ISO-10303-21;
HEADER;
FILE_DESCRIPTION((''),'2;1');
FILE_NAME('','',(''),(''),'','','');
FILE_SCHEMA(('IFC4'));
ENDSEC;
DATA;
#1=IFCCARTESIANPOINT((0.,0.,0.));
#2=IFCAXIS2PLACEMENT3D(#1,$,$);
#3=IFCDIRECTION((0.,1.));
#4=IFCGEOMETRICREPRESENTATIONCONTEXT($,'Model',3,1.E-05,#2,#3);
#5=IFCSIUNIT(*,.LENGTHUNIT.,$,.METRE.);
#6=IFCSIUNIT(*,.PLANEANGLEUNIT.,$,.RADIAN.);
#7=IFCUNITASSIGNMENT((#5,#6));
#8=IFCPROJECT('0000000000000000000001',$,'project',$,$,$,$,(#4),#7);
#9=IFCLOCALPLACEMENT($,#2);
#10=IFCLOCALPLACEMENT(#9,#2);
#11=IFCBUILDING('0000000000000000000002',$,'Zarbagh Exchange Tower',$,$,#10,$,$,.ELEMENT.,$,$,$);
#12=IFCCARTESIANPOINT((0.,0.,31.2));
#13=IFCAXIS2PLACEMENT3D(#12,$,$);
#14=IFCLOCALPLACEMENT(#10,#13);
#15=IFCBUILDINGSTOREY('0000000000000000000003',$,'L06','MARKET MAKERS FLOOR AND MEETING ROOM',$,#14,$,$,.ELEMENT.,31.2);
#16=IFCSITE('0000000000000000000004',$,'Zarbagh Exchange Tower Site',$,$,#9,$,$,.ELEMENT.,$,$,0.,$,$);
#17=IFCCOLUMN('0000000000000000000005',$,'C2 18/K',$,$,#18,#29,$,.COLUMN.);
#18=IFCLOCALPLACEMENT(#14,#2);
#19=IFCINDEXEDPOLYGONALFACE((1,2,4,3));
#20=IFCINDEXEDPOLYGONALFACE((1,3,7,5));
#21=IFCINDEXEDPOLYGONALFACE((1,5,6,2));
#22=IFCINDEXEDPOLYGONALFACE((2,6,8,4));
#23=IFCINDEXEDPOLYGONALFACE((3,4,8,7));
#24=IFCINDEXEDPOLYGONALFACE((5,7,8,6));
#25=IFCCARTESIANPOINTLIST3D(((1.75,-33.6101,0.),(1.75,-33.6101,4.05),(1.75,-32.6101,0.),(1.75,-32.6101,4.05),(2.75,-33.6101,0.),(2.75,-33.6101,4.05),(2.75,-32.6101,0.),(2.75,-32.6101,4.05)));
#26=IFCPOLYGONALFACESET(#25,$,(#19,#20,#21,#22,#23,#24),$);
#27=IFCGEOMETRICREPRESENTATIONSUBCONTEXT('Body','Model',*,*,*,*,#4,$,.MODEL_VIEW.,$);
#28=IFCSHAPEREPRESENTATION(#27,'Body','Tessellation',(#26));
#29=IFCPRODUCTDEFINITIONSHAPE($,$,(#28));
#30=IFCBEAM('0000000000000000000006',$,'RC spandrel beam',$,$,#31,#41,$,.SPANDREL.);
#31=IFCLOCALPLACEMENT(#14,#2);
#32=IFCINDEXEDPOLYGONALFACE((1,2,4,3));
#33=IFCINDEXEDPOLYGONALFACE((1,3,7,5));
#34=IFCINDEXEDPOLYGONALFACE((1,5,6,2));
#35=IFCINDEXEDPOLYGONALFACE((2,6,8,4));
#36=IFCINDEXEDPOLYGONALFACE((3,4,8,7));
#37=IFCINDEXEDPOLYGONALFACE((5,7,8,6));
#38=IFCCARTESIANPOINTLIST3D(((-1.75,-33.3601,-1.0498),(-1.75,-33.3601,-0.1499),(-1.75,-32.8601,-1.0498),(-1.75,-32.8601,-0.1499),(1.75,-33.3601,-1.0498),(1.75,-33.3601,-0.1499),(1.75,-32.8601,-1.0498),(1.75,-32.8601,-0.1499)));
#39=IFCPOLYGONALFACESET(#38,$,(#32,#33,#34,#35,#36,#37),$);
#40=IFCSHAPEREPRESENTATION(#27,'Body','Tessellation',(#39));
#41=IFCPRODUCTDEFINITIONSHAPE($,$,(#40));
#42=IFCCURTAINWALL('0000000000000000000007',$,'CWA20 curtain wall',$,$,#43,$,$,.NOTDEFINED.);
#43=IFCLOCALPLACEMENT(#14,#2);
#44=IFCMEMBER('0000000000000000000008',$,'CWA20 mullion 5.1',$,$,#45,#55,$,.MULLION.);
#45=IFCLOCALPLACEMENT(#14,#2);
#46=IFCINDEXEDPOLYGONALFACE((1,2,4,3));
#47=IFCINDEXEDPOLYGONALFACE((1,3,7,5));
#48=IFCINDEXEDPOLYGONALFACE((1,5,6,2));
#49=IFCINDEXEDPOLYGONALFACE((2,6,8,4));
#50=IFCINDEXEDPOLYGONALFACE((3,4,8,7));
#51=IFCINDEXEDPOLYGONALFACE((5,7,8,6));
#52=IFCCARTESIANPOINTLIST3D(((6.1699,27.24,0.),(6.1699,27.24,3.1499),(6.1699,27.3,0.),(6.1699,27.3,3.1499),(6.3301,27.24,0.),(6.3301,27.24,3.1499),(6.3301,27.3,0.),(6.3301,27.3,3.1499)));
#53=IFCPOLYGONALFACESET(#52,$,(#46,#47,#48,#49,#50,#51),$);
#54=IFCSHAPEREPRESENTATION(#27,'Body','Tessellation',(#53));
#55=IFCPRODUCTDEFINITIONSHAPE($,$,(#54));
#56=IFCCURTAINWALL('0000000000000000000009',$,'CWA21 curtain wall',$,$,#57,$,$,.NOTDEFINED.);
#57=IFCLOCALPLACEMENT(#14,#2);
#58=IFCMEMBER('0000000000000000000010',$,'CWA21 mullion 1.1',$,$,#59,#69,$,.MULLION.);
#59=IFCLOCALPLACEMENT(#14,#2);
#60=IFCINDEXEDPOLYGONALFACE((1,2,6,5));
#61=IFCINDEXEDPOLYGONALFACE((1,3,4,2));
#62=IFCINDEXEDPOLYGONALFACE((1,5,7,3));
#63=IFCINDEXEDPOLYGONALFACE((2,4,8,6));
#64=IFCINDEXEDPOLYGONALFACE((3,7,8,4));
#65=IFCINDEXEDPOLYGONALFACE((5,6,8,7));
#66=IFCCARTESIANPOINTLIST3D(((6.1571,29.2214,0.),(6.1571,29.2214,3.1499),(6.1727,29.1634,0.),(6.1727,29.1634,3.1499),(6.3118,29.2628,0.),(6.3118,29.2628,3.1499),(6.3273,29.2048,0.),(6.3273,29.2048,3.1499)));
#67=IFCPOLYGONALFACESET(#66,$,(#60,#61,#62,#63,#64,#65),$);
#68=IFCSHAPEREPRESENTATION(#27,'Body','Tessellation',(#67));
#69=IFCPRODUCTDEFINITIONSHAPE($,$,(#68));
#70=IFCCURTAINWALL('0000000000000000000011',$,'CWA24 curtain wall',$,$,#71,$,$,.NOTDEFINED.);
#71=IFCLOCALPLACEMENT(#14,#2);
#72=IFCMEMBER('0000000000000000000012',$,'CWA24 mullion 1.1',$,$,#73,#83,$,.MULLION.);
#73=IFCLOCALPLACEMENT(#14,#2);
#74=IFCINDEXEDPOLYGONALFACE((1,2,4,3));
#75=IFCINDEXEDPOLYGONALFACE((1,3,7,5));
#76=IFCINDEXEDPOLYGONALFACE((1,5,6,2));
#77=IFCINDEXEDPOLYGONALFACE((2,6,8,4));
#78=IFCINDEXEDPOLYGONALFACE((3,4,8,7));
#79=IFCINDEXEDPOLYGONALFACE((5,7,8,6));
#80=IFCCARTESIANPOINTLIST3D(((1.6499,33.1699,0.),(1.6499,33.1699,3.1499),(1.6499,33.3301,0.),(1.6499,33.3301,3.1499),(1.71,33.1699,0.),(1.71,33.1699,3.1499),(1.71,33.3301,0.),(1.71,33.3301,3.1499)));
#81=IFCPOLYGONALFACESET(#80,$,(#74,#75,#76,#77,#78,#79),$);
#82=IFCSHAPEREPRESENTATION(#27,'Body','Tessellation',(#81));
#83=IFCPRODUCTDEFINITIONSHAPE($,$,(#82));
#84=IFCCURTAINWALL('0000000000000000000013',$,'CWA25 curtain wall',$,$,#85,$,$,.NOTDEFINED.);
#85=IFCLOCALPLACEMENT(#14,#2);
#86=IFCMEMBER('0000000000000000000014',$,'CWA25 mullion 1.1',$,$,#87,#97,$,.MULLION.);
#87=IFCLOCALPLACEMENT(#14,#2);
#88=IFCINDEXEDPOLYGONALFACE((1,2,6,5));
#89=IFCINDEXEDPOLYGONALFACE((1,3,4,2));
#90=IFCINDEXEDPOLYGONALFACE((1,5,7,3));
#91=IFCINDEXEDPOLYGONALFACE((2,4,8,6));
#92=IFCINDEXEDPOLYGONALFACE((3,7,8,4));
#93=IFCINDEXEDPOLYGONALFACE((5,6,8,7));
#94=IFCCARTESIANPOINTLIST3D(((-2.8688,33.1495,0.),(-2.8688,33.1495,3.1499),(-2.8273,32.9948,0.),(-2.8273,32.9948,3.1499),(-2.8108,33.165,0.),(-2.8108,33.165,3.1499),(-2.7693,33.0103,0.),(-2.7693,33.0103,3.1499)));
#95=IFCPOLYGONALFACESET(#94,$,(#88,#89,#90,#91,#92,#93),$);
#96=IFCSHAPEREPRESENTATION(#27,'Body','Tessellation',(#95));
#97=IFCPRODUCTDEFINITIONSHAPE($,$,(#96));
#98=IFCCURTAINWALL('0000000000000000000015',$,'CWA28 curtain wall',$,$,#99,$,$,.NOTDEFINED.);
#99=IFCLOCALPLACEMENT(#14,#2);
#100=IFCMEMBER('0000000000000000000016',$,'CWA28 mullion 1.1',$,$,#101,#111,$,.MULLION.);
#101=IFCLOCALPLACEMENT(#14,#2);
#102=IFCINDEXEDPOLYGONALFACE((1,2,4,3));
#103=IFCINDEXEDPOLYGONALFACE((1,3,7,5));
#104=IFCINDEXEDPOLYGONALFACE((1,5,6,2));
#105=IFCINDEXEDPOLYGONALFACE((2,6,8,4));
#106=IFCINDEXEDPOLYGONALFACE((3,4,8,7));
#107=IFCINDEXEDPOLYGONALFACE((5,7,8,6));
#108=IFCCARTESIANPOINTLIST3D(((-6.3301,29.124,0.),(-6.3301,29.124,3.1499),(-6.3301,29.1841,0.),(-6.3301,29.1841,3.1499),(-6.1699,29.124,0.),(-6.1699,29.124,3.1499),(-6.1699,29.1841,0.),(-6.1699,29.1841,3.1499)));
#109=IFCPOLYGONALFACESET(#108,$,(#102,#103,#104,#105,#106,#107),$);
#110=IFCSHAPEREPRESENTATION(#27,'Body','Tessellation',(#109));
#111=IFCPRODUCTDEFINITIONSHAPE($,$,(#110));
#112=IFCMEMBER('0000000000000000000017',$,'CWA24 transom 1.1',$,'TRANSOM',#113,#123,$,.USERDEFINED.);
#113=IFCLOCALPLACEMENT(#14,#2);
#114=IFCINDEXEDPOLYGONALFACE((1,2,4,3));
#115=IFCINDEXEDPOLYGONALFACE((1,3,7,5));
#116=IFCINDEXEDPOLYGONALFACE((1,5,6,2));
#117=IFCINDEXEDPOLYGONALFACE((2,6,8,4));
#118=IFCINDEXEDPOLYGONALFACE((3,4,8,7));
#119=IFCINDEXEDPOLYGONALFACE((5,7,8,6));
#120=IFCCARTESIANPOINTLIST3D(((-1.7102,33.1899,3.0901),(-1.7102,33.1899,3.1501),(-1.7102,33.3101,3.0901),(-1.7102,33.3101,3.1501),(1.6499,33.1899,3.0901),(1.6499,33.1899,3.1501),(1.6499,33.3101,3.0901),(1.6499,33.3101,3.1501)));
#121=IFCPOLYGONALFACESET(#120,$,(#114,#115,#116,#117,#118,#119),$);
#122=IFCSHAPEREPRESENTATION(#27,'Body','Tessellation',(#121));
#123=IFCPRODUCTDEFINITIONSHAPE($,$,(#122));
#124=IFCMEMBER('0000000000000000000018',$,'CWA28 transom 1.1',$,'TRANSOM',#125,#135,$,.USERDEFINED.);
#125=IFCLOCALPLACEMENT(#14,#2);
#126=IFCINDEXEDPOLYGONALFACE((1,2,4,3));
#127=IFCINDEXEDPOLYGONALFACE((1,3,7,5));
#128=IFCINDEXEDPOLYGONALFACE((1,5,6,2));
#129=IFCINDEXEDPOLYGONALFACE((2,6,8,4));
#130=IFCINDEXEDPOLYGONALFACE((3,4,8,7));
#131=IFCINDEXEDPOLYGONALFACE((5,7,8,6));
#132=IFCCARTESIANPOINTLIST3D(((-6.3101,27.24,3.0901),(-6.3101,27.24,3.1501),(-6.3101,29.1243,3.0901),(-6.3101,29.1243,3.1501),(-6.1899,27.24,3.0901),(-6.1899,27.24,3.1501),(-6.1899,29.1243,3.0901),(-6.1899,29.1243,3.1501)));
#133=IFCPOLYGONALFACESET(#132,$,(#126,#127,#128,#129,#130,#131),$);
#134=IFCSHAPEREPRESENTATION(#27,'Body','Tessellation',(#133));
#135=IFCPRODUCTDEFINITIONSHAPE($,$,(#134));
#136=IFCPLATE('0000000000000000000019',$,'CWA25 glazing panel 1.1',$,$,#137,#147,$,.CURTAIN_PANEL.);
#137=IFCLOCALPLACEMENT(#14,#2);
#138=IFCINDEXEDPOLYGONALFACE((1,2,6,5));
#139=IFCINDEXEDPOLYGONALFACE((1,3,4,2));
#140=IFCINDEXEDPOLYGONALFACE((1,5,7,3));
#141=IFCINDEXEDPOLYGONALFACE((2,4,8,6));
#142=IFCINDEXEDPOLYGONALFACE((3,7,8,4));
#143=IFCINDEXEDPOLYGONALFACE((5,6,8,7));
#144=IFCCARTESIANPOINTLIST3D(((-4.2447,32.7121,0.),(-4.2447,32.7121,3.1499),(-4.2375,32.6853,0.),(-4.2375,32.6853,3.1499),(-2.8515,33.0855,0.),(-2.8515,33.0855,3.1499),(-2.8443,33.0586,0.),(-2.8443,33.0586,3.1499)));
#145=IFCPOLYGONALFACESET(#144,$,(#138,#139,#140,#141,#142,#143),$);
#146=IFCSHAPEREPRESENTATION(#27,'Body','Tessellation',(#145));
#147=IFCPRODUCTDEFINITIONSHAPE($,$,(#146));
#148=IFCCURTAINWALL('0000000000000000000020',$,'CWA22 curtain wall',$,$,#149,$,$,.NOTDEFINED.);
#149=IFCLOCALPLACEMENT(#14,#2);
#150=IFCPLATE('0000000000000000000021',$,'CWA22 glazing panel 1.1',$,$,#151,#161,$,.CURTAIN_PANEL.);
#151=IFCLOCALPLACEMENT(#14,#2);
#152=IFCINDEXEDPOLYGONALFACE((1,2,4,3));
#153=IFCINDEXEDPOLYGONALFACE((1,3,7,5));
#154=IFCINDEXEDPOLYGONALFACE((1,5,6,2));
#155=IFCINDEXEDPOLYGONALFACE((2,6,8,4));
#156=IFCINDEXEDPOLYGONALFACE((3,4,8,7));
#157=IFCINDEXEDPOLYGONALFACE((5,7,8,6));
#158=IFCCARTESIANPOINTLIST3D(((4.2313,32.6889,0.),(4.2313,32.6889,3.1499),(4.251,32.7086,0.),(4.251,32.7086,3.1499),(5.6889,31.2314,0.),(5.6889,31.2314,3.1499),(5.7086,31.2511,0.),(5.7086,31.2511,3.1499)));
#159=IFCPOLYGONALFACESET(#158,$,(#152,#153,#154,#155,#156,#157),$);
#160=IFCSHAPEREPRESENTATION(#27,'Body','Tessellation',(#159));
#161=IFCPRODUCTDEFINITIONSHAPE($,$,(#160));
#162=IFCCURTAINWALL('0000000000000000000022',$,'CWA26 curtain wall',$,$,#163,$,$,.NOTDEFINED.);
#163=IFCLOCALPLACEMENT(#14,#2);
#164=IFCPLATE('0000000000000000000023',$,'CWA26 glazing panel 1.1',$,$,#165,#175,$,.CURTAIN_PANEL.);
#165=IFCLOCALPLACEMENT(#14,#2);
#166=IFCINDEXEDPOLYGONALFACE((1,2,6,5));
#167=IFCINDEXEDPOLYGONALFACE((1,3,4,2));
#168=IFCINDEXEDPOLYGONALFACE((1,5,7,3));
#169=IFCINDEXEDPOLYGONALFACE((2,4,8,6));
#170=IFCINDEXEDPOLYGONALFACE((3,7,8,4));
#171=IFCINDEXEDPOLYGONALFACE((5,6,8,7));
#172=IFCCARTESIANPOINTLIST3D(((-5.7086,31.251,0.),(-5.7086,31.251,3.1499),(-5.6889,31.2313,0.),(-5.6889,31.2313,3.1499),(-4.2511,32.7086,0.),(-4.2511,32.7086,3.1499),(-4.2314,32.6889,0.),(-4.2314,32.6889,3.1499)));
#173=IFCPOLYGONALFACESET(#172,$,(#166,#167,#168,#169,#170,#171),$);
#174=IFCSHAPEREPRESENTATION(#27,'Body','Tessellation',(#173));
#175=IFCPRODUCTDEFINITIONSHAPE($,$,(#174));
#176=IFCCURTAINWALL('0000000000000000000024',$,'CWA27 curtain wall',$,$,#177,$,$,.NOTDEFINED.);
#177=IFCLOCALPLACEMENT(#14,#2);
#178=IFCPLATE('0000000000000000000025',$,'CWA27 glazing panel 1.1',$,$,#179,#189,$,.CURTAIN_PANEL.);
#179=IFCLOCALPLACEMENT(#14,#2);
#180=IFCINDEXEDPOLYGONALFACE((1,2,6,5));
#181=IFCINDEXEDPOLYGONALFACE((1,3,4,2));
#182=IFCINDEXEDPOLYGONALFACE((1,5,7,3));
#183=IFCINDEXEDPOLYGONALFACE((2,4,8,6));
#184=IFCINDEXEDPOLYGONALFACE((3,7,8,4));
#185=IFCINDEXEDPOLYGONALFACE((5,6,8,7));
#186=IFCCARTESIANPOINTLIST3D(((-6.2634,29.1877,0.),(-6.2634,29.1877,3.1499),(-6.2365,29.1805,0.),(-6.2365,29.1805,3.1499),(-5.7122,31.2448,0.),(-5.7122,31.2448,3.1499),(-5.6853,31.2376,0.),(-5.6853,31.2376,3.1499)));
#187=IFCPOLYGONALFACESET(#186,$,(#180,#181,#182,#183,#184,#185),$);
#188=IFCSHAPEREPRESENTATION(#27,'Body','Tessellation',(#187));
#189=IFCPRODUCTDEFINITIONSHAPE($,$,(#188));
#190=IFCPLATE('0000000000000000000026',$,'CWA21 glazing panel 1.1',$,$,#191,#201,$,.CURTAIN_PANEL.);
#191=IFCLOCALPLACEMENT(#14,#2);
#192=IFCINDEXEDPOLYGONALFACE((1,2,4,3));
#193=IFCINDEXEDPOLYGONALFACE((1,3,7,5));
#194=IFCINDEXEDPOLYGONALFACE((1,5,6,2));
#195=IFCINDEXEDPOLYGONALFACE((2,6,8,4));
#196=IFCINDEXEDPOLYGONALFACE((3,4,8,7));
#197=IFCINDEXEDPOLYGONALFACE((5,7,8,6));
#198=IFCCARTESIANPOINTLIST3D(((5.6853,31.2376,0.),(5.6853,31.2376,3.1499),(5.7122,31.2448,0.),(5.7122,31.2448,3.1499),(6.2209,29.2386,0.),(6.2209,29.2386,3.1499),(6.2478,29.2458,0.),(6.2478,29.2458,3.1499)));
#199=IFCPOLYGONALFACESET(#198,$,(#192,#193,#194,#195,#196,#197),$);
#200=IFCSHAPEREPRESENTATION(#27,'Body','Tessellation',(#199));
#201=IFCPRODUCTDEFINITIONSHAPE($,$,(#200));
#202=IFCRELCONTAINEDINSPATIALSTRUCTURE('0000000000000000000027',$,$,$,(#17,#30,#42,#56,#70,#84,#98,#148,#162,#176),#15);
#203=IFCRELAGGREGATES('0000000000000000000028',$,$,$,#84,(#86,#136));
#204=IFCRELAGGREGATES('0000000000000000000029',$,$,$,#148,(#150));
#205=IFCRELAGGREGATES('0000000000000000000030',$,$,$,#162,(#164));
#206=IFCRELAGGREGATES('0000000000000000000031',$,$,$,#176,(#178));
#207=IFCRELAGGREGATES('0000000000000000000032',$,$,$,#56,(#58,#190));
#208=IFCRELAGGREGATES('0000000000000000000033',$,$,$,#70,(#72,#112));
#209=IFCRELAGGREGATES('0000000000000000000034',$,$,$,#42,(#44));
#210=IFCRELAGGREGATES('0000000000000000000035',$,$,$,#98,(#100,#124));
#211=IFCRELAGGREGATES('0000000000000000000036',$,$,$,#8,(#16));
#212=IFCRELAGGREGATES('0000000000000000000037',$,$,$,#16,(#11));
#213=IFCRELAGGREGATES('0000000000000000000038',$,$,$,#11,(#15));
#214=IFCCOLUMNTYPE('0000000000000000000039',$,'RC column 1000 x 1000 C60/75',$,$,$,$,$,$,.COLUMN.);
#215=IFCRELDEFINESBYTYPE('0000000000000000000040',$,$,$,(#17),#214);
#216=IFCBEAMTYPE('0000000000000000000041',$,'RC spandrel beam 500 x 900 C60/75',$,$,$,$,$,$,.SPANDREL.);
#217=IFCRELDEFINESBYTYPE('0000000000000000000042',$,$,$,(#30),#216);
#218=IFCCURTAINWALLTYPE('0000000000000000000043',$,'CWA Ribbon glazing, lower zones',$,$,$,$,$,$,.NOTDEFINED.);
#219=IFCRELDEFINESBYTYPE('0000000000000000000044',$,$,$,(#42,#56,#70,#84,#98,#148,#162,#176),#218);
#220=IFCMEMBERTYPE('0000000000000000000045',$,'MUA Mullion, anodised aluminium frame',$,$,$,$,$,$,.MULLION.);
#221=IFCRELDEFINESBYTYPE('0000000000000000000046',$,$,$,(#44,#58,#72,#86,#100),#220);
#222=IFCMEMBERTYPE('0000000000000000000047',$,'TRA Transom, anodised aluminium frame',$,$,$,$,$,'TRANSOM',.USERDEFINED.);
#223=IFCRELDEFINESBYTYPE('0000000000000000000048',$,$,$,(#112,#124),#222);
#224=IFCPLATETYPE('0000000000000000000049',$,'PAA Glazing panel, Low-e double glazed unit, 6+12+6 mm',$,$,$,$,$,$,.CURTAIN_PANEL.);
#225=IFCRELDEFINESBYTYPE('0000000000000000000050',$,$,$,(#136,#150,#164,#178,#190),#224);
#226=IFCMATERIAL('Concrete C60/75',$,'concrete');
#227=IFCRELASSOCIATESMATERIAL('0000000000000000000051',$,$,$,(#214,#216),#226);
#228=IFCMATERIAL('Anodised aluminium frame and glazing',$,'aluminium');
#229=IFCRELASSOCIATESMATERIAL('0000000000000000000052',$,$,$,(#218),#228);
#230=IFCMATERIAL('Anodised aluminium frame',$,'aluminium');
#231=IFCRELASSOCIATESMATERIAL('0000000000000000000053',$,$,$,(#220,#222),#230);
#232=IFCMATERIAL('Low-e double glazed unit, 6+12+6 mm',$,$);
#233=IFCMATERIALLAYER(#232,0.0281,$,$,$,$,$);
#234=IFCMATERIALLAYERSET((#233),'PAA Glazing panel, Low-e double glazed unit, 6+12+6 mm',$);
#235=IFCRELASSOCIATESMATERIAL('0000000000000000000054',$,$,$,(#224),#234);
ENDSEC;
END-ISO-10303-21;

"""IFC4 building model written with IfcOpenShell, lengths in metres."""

from ifc_helpers import new_model, si_unit, direction, frame, origin, origin_2d, place, context, subcontext, project, spatial, polyline, rectangle, outline, extrude, source, transform, mapped, material, layer, layer_set, material_profile, profile_set, type_object, element, aggregate, save


model = new_model("IFC4")

# Units and contexts
model_context = context("Model", 3, precision=1e-05, world=origin(), true_north=direction((0.0, 1.0)))
body_context = subcontext(model_context, "Body", "Model", "MODEL_VIEW")
ifc_project = project(units=[si_unit("LENGTHUNIT", "METRE"), si_unit("PLANEANGLEUNIT", "RADIAN")], contexts=[model_context])

# Site, building, storey
site_placement = place(None, origin())
site = spatial("IfcSite", under=ifc_project, at=site_placement, Name="Zarbagh Exchange Tower Site", CompositionType="ELEMENT", RefElevation=0.0)
building_placement = place(site_placement, origin())
building = spatial("IfcBuilding", under=site, at=building_placement, Name="Zarbagh Exchange Tower", CompositionType="ELEMENT")
storey_placement = place(building_placement, frame((0.0, 0.0, 31.2)))
storey = spatial("IfcBuildingStorey", under=building, at=storey_placement, Name="L06", Description="MARKET MAKERS FLOOR AND MEETING ROOM", CompositionType="ELEMENT", Elevation=31.2)

# Column
ifc_material_1 = material(Name="Concrete C60/75", Category="concrete")
ifc_material_profile_1 = material_profile(ifc_material_1, rectangle(XDim=1.0, YDim=1.0, at=origin_2d()), Name="RC column 1000 x 1000 C60/75")
ifc_profile_set_1 = profile_set([ifc_material_profile_1], Name="Concrete C60/75")
column_type = type_object("IfcColumnType", Name="RC column 1000 x 1000 C60/75", PredefinedType="COLUMN", material=ifc_profile_set_1)
column_placement = place(storey_placement, frame((2.25, -33.1101, 0.0), z_axis=(0.0, 0.0, 1.0), x_axis=(1.0, 0.0, 0.0)))
element("IfcColumn", 1, at=column_placement, inside=storey, type_object=column_type, Name="C2 18/K", PredefinedType="COLUMN", context=body_context, shape_type="SweptSolid", body=[
    extrude(rectangle(XDim=1.0, YDim=1.0, at=origin_2d()), origin(), (0.0, 0.0, 1.0), 4.05),
])

# Beam
ifc_material_profile_2 = material_profile(ifc_material_1, rectangle(XDim=0.5, YDim=0.8999, at=origin_2d()), Name="RC spandrel beam 500 x 900 C60/75")
ifc_profile_set_2 = profile_set([ifc_material_profile_2], Name="Concrete C60/75")
beam_type = type_object("IfcBeamType", Name="RC spandrel beam 500 x 900 C60/75", PredefinedType="SPANDREL", material=ifc_profile_set_2)
beam_placement = place(storey_placement, frame((1.75, -33.1101, -0.5999), z_axis=(-1.0, 0.0, 0.0), x_axis=(0.0, -1.0, 0.0)))
element("IfcBeam", 2, at=beam_placement, inside=storey, type_object=beam_type, Name="RC spandrel beam", PredefinedType="SPANDREL", context=body_context, shape_type="SweptSolid", body=[
    extrude(rectangle(XDim=0.5, YDim=0.8999, at=origin_2d()), origin(), (0.0, 0.0, 1.0), 3.5),
])

# Curtain walls, members
ifc_material_2 = material(Name="Anodised aluminium frame and glazing", Category="aluminium")
curtain_wall_type = type_object("IfcCurtainWallType", Name="CWA Ribbon glazing, lower zones", PredefinedType="NOTDEFINED", material=ifc_material_2)
curtain_wall_1_placement = place(storey_placement, origin())
curtain_wall_1 = element("IfcCurtainWall", 3, at=curtain_wall_1_placement, inside=storey, type_object=curtain_wall_type, Name="CWA20 curtain wall", PredefinedType="NOTDEFINED")
ifc_material_3 = material(Name="Anodised aluminium frame", Category="aluminium")
member_type_1 = type_object("IfcMemberType", Name="MUA Mullion, anodised aluminium frame", PredefinedType="MULLION", material=ifc_material_3)
shared_shape_1 = source(origin(), body_context, "Body", "SweptSolid", [
    extrude(outline(polyline([(0.0, -0.0801), (0.0601, -0.0801), (0.0601, 0.0801), (0.0, 0.0801), (0.0, -0.0801)])), origin(), (0.0, 0.0, 1.0), 3.1499),
])
placement = place(storey_placement, origin())
member_1 = element("IfcMember", 4, at=placement, type_object=member_type_1, Name="CWA20 mullion 5.1", PredefinedType="MULLION", context=body_context, shape_type="MappedRepresentation", body=[
    mapped(shared_shape_1, transform((6.25, 27.24, 0.0), x_axis=(0.0, 1.0, 0.0), y_axis=(-1.0, 0.0, 0.0), z_axis=(0.0, 0.0, 1.0))),
])
curtain_wall_2_placement = place(storey_placement, origin())
curtain_wall_2 = element("IfcCurtainWall", 5, at=curtain_wall_2_placement, inside=storey, type_object=curtain_wall_type, Name="CWA21 curtain wall", PredefinedType="NOTDEFINED")
member_2 = element("IfcMember", 6, at=placement, type_object=member_type_1, Name="CWA21 mullion 1.1", PredefinedType="MULLION", context=body_context, shape_type="MappedRepresentation", body=[
    mapped(shared_shape_1, transform((6.25, 29.1841, 0.0), x_axis=(-0.258825, 0.965924, 0.0), y_axis=(-0.965924, -0.258825, 0.0), z_axis=(0.0, 0.0, 1.0))),
])
curtain_wall_3_placement = place(storey_placement, origin())
curtain_wall_3 = element("IfcCurtainWall", 7, at=curtain_wall_3_placement, inside=storey, type_object=curtain_wall_type, Name="CWA24 curtain wall", PredefinedType="NOTDEFINED")
member_3 = element("IfcMember", 8, at=placement, type_object=member_type_1, Name="CWA24 mullion 1.1", PredefinedType="MULLION", context=body_context, shape_type="MappedRepresentation", body=[
    mapped(shared_shape_1, transform((1.71, 33.25, 0.0), x_axis=(-1.0, 0.0, 0.0), y_axis=(0.0, -1.0, 0.0), z_axis=(0.0, 0.0, 1.0))),
])
curtain_wall_4_placement = place(storey_placement, origin())
curtain_wall_4 = element("IfcCurtainWall", 9, at=curtain_wall_4_placement, inside=storey, type_object=curtain_wall_type, Name="CWA25 curtain wall", PredefinedType="NOTDEFINED")
member_4 = element("IfcMember", 10, at=placement, type_object=member_type_1, Name="CWA25 mullion 1.1", PredefinedType="MULLION", context=body_context, shape_type="MappedRepresentation", body=[
    mapped(shared_shape_1, transform((-2.79, 33.0876, 0.0), x_axis=(-0.965924, -0.258825, 0.0), y_axis=(0.258825, -0.965924, 0.0), z_axis=(0.0, 0.0, 1.0))),
])
curtain_wall_5_placement = place(storey_placement, origin())
curtain_wall_5 = element("IfcCurtainWall", 11, at=curtain_wall_5_placement, inside=storey, type_object=curtain_wall_type, Name="CWA28 curtain wall", PredefinedType="NOTDEFINED")
member_5 = element("IfcMember", 12, at=placement, type_object=member_type_1, Name="CWA28 mullion 1.1", PredefinedType="MULLION", context=body_context, shape_type="MappedRepresentation", body=[
    mapped(shared_shape_1, transform((-6.25, 29.1841, 0.0), x_axis=(0.0, -1.0, 0.0), y_axis=(1.0, 0.0, 0.0), z_axis=(0.0, 0.0, 1.0))),
])

# Members
member_type_2 = type_object("IfcMemberType", Name="TRA Transom, anodised aluminium frame", ElementType="TRANSOM", PredefinedType="USERDEFINED", material=ifc_material_3)
shared_shape_2 = source(origin(), body_context, "Body", "SweptSolid", [
    extrude(outline(polyline([(-0.0601, -0.0601), (0.0, -0.0601), (0.0, 0.0601), (-0.0601, 0.0601), (-0.0601, -0.0601)])), origin(), (0.0, 0.0, 1.0), 3.3601),
])
member_6 = element("IfcMember", 13, at=placement, type_object=member_type_2, Name="CWA24 transom 1.1", ObjectType="TRANSOM", PredefinedType="USERDEFINED", context=body_context, shape_type="MappedRepresentation", body=[
    mapped(shared_shape_2, transform((1.6499, 33.25, 3.1501), x_axis=(0.0, 0.0, 1.0), y_axis=(0.0, 1.0, 0.0), z_axis=(-1.0, 0.0, 0.0))),
])
shared_shape_3 = source(origin(), body_context, "Body", "SweptSolid", [
    extrude(outline(polyline([(-0.0601, -0.0601), (0.0, -0.0601), (0.0, 0.0601), (-0.0601, 0.0601), (-0.0601, -0.0601)])), origin(), (0.0, 0.0, 1.0), 1.8843),
])
member_7 = element("IfcMember", 14, at=placement, type_object=member_type_2, Name="CWA28 transom 1.1", ObjectType="TRANSOM", PredefinedType="USERDEFINED", context=body_context, shape_type="MappedRepresentation", body=[
    mapped(shared_shape_3, transform((-6.25, 29.1243, 3.1501), x_axis=(0.0, 0.0, 1.0), y_axis=(-1.0, 0.0, 0.0), z_axis=(0.0, -1.0, 0.0))),
])

# Plate
ifc_material_4 = material(Name="Low-e double glazed unit, 6+12+6 mm")
ifc_layer_1 = layer(ifc_material_4, 0.0281)
ifc_layer_set_1 = layer_set([ifc_layer_1], Name="PAA Glazing panel, Low-e double glazed unit, 6+12+6 mm")
plate_type = type_object("IfcPlateType", Name="PAA Glazing panel, Low-e double glazed unit, 6+12+6 mm", PredefinedType="CURTAIN_PANEL", material=ifc_layer_set_1)
shared_shape_4 = source(origin(), body_context, "Body", "SweptSolid", [
    extrude(outline(polyline([(0.0, -0.0139), (1.4424, -0.0139), (1.4424, 0.0139), (0.0, 0.0139), (0.0, -0.0139)])), origin(), (0.0, 0.0, 1.0), 3.1499),
])
plate_1 = element("IfcPlate", 15, at=placement, type_object=plate_type, Name="CWA25 glazing panel 1.1", PredefinedType="CURTAIN_PANEL", context=body_context, shape_type="MappedRepresentation", body=[
    mapped(shared_shape_4, transform((-2.8479, 33.072, 0.0), x_axis=(-0.965924, -0.258825, 0.0), y_axis=(0.258825, -0.965924, 0.0), z_axis=(0.0, 0.0, 1.0))),
])
aggregate(curtain_wall_4, [member_4, plate_1])

# Curtain walls, plates
curtain_wall_6_placement = place(storey_placement, origin())
curtain_wall_6 = element("IfcCurtainWall", 16, at=curtain_wall_6_placement, inside=storey, type_object=curtain_wall_type, Name="CWA22 curtain wall", PredefinedType="NOTDEFINED")
shared_shape_5 = source(origin(), body_context, "Body", "SweptSolid", [
    extrude(outline(polyline([(0.0, -0.0139), (2.0613, -0.0139), (2.0613, 0.0139), (0.0, 0.0139), (0.0, -0.0139)])), origin(), (0.0, 0.0, 1.0), 3.1499),
])
plate_2 = element("IfcPlate", 17, at=placement, type_object=plate_type, Name="CWA22 glazing panel 1.1", PredefinedType="CURTAIN_PANEL", context=body_context, shape_type="MappedRepresentation", body=[
    mapped(shared_shape_5, transform((5.6987, 31.2412, 0.0), x_axis=(-0.707107, 0.707107, 0.0), y_axis=(-0.707107, -0.707107, 0.0), z_axis=(0.0, 0.0, 1.0))),
])
aggregate(curtain_wall_6, [plate_2])
curtain_wall_7_placement = place(storey_placement, origin())
curtain_wall_7 = element("IfcCurtainWall", 18, at=curtain_wall_7_placement, inside=storey, type_object=curtain_wall_type, Name="CWA26 curtain wall", PredefinedType="NOTDEFINED")
plate_3 = element("IfcPlate", 19, at=placement, type_object=plate_type, Name="CWA26 glazing panel 1.1", PredefinedType="CURTAIN_PANEL", context=body_context, shape_type="MappedRepresentation", body=[
    mapped(shared_shape_5, transform((-4.2412, 32.6987, 0.0), x_axis=(-0.707107, -0.707107, 0.0), y_axis=(0.707107, -0.707107, 0.0), z_axis=(0.0, 0.0, 1.0))),
])
aggregate(curtain_wall_7, [plate_3])
curtain_wall_8_placement = place(storey_placement, origin())
curtain_wall_8 = element("IfcCurtainWall", 20, at=curtain_wall_8_placement, inside=storey, type_object=curtain_wall_type, Name="CWA27 curtain wall", PredefinedType="NOTDEFINED")
shared_shape_6 = source(origin(), body_context, "Body", "SweptSolid", [
    extrude(outline(polyline([(0.0, -0.0139), (2.1296, -0.0139), (2.1296, 0.0139), (0.0, 0.0139), (0.0, -0.0139)])), origin(), (0.0, 0.0, 1.0), 3.1499),
])
plate_4 = element("IfcPlate", 21, at=placement, type_object=plate_type, Name="CWA27 glazing panel 1.1", PredefinedType="CURTAIN_PANEL", context=body_context, shape_type="MappedRepresentation", body=[
    mapped(shared_shape_6, transform((-5.6987, 31.2412, 0.0), x_axis=(-0.258825, -0.965924, 0.0), y_axis=(0.965924, -0.258825, 0.0), z_axis=(0.0, 0.0, 1.0))),
])
aggregate(curtain_wall_8, [plate_4])

# Plate
shared_shape_7 = source(origin(), body_context, "Body", "SweptSolid", [
    extrude(outline(polyline([(0.0, -0.0139), (2.0696, -0.0139), (2.0696, 0.0139), (0.0, 0.0139), (0.0, -0.0139)])), origin(), (0.0, 0.0, 1.0), 3.1499),
])
plate_5 = element("IfcPlate", 22, at=placement, type_object=plate_type, Name="CWA21 glazing panel 1.1", PredefinedType="CURTAIN_PANEL", context=body_context, shape_type="MappedRepresentation", body=[
    mapped(shared_shape_7, transform((6.2344, 29.2422, 0.0), x_axis=(-0.258825, 0.965924, 0.0), y_axis=(-0.965924, -0.258825, 0.0), z_axis=(0.0, 0.0, 1.0))),
])
aggregate(curtain_wall_2, [member_2, plate_5])

aggregate(curtain_wall_3, [member_3, member_6])
aggregate(curtain_wall_1, [member_1])
aggregate(curtain_wall_5, [member_5, member_7])

save(model, "model.ifc")
